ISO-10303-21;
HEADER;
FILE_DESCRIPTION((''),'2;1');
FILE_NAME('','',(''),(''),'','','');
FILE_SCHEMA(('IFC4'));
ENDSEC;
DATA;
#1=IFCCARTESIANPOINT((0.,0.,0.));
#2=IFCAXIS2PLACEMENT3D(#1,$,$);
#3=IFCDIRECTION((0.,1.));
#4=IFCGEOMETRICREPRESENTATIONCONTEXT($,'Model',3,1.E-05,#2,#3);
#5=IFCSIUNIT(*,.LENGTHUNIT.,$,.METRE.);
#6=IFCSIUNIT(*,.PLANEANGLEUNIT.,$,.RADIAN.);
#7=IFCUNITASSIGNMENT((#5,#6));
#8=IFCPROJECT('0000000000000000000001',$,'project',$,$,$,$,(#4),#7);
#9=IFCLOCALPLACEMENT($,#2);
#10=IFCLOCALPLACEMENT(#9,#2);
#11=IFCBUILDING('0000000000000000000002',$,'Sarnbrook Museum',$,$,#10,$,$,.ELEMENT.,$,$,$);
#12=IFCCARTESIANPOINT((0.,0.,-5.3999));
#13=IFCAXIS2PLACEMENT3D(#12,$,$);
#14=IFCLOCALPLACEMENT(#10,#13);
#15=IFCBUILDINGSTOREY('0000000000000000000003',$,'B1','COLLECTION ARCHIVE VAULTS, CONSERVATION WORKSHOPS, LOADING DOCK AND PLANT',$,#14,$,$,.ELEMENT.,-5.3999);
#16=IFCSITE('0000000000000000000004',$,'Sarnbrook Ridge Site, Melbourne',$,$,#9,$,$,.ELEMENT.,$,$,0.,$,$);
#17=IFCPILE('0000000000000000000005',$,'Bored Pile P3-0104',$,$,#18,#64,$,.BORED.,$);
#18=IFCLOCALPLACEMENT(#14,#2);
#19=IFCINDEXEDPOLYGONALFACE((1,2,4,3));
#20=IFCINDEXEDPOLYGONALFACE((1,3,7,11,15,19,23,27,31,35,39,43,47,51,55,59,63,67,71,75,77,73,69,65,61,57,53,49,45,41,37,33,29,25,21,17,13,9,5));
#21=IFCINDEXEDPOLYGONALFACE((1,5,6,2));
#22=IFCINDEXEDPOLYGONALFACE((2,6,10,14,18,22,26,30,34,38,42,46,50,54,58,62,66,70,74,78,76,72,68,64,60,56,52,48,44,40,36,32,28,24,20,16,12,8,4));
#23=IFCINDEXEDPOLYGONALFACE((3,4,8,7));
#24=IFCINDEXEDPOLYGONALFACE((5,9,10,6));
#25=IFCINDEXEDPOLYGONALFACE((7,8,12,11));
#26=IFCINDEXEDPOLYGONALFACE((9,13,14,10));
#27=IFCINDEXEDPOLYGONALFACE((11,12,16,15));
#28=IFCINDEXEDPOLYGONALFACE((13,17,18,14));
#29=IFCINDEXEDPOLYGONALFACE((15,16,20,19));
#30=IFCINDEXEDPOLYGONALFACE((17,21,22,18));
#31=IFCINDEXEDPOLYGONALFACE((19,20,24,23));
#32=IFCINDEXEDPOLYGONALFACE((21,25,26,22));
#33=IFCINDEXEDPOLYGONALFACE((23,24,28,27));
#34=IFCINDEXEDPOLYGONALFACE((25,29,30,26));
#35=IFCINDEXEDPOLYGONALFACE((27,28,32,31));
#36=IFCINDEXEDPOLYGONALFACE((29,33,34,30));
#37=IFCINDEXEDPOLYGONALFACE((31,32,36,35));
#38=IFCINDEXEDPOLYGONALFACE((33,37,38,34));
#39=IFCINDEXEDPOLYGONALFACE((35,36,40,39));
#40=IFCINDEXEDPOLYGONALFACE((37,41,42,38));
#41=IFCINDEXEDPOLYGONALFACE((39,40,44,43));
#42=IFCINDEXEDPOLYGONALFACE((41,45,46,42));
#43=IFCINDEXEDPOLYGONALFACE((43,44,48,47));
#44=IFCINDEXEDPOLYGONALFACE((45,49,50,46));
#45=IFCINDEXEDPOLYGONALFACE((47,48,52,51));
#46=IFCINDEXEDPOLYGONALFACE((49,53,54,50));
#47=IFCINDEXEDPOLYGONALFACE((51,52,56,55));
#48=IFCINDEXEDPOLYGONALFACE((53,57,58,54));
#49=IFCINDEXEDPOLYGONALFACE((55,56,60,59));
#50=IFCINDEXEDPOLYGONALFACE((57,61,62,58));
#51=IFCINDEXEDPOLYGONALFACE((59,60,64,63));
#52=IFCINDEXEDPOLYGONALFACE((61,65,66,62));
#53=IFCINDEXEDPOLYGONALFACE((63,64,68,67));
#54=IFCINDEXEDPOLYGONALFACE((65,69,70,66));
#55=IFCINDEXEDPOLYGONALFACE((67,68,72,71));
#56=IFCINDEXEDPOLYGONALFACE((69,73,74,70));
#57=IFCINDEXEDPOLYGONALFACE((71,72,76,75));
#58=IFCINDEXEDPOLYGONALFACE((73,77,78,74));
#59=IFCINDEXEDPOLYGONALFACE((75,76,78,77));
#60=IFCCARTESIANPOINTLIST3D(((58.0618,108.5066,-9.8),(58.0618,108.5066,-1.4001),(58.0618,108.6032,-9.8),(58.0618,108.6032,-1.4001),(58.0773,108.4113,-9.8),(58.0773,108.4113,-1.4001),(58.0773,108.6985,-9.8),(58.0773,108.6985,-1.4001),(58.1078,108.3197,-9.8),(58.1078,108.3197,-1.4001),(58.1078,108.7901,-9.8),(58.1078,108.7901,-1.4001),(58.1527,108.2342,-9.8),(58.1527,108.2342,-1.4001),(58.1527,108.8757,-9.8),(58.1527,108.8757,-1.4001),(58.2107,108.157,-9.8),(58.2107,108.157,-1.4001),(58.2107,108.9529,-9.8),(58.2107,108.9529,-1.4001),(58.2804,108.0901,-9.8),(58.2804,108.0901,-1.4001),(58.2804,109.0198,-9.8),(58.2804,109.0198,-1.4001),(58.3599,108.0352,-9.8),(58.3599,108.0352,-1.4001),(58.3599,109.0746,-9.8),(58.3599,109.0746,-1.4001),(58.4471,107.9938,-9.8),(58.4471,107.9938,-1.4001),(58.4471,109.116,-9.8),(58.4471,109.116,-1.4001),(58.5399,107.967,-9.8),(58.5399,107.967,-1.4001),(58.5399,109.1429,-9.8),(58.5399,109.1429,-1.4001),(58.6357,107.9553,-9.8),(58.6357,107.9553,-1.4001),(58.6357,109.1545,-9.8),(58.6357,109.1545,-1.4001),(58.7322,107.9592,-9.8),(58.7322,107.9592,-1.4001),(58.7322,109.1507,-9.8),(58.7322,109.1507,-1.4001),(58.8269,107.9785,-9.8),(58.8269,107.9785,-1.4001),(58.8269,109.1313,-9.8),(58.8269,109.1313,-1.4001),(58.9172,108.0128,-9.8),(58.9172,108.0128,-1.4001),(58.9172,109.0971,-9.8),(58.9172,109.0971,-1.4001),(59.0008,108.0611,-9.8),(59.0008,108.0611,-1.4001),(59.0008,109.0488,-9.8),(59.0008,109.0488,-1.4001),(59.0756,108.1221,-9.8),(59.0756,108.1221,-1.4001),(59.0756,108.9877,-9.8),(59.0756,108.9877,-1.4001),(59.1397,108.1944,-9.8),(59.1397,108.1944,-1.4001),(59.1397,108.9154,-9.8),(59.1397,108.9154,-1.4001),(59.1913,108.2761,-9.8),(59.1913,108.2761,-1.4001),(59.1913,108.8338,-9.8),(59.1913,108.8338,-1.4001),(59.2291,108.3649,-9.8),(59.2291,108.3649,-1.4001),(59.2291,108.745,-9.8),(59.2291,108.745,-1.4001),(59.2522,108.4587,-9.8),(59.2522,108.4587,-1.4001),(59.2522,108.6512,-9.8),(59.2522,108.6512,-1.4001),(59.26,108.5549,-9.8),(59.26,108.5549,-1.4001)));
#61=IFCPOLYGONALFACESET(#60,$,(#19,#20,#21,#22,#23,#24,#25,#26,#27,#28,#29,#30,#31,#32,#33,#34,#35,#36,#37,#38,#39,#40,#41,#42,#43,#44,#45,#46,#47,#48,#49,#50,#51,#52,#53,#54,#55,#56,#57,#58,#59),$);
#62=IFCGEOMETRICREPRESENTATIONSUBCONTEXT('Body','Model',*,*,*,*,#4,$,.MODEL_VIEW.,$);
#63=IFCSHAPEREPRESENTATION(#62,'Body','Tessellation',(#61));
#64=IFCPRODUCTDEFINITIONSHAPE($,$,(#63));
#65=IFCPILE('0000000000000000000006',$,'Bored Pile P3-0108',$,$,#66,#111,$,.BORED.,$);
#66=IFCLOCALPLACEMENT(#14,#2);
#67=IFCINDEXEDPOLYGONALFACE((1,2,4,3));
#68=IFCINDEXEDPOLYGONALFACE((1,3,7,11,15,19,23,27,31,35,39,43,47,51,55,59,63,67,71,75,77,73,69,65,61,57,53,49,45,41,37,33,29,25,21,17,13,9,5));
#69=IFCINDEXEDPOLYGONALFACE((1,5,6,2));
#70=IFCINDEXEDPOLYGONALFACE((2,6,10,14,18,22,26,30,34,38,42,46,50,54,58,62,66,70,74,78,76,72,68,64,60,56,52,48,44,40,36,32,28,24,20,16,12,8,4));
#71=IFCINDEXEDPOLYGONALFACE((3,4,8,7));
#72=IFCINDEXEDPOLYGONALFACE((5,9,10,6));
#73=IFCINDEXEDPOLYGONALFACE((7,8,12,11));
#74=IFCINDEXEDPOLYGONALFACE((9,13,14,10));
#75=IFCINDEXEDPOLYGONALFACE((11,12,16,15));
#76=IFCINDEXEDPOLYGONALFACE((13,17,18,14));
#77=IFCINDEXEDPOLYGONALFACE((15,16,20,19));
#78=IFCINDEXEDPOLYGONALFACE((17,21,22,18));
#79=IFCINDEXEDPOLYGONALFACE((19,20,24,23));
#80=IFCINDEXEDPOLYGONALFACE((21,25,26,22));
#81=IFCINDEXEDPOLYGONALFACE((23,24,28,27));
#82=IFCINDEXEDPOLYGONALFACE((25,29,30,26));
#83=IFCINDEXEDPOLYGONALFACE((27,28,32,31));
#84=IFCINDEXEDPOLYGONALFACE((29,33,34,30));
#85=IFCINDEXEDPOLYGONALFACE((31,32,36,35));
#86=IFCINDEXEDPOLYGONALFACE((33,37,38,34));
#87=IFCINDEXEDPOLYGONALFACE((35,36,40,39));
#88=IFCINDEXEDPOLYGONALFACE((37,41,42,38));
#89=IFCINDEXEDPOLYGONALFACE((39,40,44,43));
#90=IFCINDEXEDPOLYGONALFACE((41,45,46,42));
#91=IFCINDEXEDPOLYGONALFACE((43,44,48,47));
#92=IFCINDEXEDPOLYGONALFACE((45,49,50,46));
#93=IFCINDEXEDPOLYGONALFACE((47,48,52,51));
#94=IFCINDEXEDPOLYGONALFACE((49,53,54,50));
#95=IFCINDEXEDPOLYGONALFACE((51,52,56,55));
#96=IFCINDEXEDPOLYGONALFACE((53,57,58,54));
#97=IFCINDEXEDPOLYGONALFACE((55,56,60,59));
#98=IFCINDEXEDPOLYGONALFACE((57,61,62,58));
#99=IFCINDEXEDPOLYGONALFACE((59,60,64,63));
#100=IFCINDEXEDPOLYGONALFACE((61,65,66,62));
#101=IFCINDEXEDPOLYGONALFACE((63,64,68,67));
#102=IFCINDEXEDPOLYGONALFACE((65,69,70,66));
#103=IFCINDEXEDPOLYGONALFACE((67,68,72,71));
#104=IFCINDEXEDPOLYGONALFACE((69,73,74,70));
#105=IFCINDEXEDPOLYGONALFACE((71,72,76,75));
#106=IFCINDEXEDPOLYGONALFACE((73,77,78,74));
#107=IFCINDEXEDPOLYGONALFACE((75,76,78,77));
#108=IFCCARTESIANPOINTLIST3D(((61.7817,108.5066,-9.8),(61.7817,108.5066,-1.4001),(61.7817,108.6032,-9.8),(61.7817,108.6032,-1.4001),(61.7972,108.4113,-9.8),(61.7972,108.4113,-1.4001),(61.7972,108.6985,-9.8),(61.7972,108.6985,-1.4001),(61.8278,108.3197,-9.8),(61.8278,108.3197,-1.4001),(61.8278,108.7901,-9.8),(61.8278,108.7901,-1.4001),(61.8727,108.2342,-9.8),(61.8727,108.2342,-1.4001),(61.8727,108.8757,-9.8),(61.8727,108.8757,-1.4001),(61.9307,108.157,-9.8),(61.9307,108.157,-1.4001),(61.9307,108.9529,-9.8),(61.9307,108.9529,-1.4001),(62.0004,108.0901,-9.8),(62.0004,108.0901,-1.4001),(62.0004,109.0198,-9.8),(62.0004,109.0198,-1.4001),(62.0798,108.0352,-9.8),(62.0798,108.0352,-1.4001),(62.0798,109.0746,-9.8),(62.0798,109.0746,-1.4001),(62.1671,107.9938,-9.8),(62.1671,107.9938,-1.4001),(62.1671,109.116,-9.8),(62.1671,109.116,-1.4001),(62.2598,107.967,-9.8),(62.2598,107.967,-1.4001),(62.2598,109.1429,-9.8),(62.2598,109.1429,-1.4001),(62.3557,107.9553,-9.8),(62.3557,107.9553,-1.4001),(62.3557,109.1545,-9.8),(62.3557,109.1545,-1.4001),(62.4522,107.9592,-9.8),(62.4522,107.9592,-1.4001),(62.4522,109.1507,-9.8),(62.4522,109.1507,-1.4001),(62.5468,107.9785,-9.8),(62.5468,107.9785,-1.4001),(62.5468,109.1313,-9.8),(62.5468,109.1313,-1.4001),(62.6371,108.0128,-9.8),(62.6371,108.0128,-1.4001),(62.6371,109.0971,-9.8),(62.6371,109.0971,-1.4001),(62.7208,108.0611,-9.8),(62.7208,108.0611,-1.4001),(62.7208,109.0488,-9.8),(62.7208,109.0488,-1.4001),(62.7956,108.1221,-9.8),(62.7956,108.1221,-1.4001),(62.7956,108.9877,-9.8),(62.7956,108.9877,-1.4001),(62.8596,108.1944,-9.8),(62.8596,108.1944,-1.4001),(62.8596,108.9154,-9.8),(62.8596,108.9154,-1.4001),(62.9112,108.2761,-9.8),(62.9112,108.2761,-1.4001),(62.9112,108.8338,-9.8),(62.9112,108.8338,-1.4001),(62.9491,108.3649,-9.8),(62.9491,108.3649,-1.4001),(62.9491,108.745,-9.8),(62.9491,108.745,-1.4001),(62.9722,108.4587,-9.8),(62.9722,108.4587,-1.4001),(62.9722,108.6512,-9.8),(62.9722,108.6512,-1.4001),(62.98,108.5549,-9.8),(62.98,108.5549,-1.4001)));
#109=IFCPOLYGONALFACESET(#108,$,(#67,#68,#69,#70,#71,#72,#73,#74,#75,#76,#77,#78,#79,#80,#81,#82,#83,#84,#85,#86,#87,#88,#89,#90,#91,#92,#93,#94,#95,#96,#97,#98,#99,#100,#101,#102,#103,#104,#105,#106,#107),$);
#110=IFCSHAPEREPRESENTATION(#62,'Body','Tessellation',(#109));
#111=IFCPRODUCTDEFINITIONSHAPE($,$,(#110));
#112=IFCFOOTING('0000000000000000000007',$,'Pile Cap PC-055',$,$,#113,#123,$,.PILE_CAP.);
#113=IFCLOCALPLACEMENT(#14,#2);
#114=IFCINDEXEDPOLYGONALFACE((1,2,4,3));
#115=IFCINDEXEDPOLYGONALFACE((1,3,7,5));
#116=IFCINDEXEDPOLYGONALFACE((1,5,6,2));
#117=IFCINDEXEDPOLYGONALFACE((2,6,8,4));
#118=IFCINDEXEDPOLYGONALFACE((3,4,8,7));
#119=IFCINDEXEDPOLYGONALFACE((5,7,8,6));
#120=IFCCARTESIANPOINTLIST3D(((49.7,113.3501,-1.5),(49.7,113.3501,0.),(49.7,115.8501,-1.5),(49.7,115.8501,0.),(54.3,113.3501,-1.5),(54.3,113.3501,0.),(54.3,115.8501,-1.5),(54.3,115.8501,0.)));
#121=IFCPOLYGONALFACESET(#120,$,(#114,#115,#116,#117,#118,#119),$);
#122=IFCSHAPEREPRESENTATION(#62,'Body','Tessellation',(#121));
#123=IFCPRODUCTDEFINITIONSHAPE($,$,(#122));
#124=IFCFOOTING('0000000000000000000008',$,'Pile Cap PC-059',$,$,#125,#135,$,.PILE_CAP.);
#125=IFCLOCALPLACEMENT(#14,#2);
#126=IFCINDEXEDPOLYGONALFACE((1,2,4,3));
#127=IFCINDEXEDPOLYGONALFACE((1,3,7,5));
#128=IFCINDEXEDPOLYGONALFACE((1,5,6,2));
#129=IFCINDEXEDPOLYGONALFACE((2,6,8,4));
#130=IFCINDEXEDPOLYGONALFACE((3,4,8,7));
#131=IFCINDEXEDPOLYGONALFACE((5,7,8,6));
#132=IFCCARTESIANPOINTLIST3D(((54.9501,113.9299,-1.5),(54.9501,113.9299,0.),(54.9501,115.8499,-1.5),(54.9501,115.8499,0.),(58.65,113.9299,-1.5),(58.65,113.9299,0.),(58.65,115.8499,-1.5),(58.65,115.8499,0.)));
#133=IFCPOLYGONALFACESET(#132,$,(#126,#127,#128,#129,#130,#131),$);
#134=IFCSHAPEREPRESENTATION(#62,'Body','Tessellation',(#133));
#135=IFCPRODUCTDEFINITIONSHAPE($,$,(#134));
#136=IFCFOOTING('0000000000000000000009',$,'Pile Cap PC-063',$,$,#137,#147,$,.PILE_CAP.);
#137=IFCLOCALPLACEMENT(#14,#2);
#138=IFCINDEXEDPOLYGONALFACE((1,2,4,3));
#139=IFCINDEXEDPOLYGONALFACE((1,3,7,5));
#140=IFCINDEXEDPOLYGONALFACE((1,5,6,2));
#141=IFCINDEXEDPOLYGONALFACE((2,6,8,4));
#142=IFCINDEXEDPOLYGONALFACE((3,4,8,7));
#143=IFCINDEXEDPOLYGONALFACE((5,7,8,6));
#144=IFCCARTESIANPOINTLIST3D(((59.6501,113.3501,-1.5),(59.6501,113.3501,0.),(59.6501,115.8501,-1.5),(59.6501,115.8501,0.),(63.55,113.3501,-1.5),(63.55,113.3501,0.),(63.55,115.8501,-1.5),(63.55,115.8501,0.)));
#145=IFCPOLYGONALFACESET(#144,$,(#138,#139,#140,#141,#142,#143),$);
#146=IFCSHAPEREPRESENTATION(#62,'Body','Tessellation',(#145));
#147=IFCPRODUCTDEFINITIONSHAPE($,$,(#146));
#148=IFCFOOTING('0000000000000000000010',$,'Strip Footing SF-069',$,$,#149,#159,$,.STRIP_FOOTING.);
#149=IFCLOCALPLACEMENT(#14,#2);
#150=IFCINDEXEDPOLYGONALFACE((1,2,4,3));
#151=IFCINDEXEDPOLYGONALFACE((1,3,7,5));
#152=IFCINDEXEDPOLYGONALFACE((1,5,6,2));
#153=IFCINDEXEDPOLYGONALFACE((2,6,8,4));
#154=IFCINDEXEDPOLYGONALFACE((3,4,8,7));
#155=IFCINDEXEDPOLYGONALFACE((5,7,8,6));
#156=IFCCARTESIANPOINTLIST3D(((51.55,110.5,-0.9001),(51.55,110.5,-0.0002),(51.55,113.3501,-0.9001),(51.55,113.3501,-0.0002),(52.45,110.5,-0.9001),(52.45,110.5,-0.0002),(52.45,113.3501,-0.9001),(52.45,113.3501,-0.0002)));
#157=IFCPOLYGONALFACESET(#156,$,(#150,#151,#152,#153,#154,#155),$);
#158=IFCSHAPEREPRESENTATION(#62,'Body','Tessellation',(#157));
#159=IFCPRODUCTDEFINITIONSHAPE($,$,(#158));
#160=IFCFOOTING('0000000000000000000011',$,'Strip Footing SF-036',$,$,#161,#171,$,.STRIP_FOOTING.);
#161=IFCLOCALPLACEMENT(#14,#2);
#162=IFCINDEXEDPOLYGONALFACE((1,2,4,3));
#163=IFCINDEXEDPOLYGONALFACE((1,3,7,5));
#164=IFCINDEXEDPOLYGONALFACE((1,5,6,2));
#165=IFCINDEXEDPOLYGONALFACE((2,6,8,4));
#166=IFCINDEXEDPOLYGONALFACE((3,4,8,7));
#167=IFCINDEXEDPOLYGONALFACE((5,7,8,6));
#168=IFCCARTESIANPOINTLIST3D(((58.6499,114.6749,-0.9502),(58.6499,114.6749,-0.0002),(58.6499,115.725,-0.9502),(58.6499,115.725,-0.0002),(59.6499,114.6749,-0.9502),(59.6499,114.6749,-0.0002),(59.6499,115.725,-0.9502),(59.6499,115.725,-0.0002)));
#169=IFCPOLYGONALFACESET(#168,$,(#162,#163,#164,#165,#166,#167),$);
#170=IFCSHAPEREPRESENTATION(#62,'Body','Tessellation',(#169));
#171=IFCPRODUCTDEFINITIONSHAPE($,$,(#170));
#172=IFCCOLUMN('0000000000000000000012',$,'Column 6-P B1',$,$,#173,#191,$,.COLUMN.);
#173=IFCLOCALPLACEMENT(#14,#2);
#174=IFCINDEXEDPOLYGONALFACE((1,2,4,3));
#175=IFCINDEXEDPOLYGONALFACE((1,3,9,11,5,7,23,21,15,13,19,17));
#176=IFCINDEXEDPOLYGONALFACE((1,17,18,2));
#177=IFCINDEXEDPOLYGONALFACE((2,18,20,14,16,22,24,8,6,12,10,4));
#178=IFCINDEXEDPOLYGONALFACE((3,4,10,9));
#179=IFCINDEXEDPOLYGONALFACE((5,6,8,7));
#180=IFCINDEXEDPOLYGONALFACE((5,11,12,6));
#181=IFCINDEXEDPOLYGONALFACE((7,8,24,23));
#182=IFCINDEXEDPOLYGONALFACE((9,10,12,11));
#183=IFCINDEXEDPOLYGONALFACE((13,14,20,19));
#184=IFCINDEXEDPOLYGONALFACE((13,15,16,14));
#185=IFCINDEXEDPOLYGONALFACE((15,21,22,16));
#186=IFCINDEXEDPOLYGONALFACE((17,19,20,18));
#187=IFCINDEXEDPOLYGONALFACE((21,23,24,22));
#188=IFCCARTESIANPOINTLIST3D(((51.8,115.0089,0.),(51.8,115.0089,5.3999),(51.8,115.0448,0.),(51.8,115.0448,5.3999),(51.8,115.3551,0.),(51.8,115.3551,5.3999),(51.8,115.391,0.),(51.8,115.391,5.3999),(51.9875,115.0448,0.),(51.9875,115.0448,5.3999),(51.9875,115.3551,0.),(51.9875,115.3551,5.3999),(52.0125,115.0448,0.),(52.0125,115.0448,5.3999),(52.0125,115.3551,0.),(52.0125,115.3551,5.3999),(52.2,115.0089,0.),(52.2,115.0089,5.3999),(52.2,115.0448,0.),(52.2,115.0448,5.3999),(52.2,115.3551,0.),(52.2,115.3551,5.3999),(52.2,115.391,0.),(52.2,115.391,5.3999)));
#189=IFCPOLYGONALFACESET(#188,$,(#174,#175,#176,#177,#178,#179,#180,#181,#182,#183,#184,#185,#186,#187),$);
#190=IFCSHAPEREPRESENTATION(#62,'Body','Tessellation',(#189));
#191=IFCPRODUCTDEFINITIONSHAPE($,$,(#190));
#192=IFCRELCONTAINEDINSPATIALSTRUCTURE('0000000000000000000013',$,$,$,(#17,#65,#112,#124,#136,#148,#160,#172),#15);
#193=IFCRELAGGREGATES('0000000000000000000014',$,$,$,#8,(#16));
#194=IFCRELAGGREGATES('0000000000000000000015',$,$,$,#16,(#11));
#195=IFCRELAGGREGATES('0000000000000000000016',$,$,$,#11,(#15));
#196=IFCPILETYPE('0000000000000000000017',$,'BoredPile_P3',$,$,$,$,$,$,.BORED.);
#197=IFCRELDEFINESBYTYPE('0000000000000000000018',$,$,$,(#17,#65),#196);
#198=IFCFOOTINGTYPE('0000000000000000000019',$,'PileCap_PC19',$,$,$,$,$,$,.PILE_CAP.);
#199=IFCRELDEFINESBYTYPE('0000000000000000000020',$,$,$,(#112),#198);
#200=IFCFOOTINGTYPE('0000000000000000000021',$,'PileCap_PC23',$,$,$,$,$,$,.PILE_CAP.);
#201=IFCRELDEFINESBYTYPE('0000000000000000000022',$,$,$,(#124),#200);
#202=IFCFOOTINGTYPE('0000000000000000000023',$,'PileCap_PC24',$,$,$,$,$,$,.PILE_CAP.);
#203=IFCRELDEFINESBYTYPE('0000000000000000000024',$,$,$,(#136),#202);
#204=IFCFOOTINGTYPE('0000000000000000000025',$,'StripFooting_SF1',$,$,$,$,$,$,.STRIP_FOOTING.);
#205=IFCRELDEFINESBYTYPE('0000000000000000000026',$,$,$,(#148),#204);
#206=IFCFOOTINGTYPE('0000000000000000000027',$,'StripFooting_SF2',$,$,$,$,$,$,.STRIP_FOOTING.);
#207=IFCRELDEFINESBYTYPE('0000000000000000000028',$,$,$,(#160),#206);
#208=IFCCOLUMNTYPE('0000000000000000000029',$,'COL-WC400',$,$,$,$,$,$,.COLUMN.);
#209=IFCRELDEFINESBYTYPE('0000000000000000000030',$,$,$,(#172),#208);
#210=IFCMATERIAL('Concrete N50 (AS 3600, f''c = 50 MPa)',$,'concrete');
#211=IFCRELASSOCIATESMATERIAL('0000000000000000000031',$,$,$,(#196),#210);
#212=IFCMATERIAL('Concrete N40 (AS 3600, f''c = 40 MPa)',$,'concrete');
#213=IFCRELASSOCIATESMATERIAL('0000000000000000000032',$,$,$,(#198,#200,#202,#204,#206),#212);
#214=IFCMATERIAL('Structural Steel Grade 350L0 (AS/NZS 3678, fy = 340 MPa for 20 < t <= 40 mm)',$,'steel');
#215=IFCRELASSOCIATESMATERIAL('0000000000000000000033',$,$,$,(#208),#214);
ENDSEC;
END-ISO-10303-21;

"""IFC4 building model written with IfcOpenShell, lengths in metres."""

from ifc_helpers import new_model, si_unit, direction, frame, origin, origin_2d, place, context, subcontext, project, spatial, rectangle, circle, i_section, extrude, material, material_profile, profile_set, type_object, element, save


model = new_model("IFC4")

# Units and contexts
model_context = context("Model", 3, precision=1e-05, world=origin(), true_north=direction((0.0, 1.0)))
body_context = subcontext(model_context, "Body", "Model", "MODEL_VIEW")
ifc_project = project(units=[si_unit("LENGTHUNIT", "METRE"), si_unit("PLANEANGLEUNIT", "RADIAN")], contexts=[model_context])

# Site, building, storey
site_placement = place(None, origin())
site = spatial("IfcSite", under=ifc_project, at=site_placement, Name="Sarnbrook Ridge Site, Melbourne", CompositionType="ELEMENT", RefElevation=0.0)
building_placement = place(site_placement, origin())
building = spatial("IfcBuilding", under=site, at=building_placement, Name="Sarnbrook Museum", CompositionType="ELEMENT")
storey_placement = place(building_placement, frame((0.0, 0.0, -5.3999)))
storey = spatial("IfcBuildingStorey", under=building, at=storey_placement, Name="B1", Description="COLLECTION ARCHIVE VAULTS, CONSERVATION WORKSHOPS, LOADING DOCK AND PLANT", CompositionType="ELEMENT", Elevation=-5.3999)

# Piles
ifc_material_1 = material(Name="Concrete N50 (AS 3600, f'c = 50 MPa)", Category="concrete")
ifc_material_profile_1 = material_profile(ifc_material_1, circle(Radius=0.6001, at=origin_2d()), Name="BORED PILE D1200")
ifc_profile_set_1 = profile_set([ifc_material_profile_1], Name="Concrete N50 (AS 3600, f'c = 50 MPa)")
pile_type_1 = type_object("IfcPileType", Name="BoredPile_P3", PredefinedType="BORED", material=ifc_profile_set_1)
for number, where, z_axis, x_axis, name in (
    (1, (58.6599, 108.5549, -1.4001), (0.0, 0.0, -1.0), (1.0, 0.0, 0.0), "Bored Pile P3-0104"),
    (2, (62.3799, 108.5549, -1.4001), (0.0, 0.0, -1.0), (1.0, 0.0, 0.0), "Bored Pile P3-0108"),
):
    element("IfcPile", number, at=place(storey_placement, frame(where, z_axis=z_axis, x_axis=x_axis)), inside=storey, type_object=pile_type_1, Name=name, PredefinedType="BORED", context=body_context, shape_type="SweptSolid", body=[
        extrude(circle(Radius=0.6001, at=origin_2d()), origin(), (0.0, 0.0, 1.0), 8.3999),
    ])

# Footings
ifc_material_2 = material(Name="Concrete N40 (AS 3600, f'c = 40 MPa)", Category="concrete")
footing_type_1 = type_object("IfcFootingType", Name="PileCap_PC19", PredefinedType="PILE_CAP", material=ifc_material_2)
footing_1_placement = place(storey_placement, frame((52.0, 114.6001, -1.5), z_axis=(0.0, 0.0, 1.0), x_axis=(1.0, 0.0, 0.0)))
element("IfcFooting", 3, at=footing_1_placement, inside=storey, type_object=footing_type_1, Name="Pile Cap PC-055", PredefinedType="PILE_CAP", context=body_context, shape_type="SweptSolid", body=[
    extrude(rectangle(XDim=4.6001, YDim=2.5, at=origin_2d()), origin(), (0.0, 0.0, 1.0), 1.5),
])
footing_type_2 = type_object("IfcFootingType", Name="PileCap_PC23", PredefinedType="PILE_CAP", material=ifc_material_2)
footing_2_placement = place(storey_placement, frame((56.8, 114.8899, -1.5), z_axis=(0.0, 0.0, 1.0), x_axis=(1.0, 0.0, 0.0)))
element("IfcFooting", 4, at=footing_2_placement, inside=storey, type_object=footing_type_2, Name="Pile Cap PC-059", PredefinedType="PILE_CAP", context=body_context, shape_type="SweptSolid", body=[
    extrude(rectangle(XDim=3.7, YDim=1.9199, at=origin_2d()), origin(), (0.0, 0.0, 1.0), 1.5),
])
footing_type_3 = type_object("IfcFootingType", Name="PileCap_PC24", PredefinedType="PILE_CAP", material=ifc_material_2)
footing_3_placement = place(storey_placement, frame((61.6001, 114.6001, -1.5), z_axis=(0.0, 0.0, 1.0), x_axis=(1.0, 0.0, 0.0)))
element("IfcFooting", 5, at=footing_3_placement, inside=storey, type_object=footing_type_3, Name="Pile Cap PC-063", PredefinedType="PILE_CAP", context=body_context, shape_type="SweptSolid", body=[
    extrude(rectangle(XDim=3.8999, YDim=2.5, at=origin_2d()), origin(), (0.0, 0.0, 1.0), 1.5),
])
footing_type_4 = type_object("IfcFootingType", Name="StripFooting_SF1", PredefinedType="STRIP_FOOTING", material=ifc_material_2)
footing_4_placement = place(storey_placement, frame((52.0, 111.925, -0.9001), z_axis=(0.0, 0.0, 1.0), x_axis=(1.0, 0.0, 0.0)))
element("IfcFooting", 6, at=footing_4_placement, inside=storey, type_object=footing_type_4, Name="Strip Footing SF-069", PredefinedType="STRIP_FOOTING", context=body_context, shape_type="SweptSolid", body=[
    extrude(rectangle(XDim=0.8999, YDim=2.8501, at=origin_2d()), origin(), (0.0, 0.0, 1.0), 0.8999),
])
footing_type_5 = type_object("IfcFootingType", Name="StripFooting_SF2", PredefinedType="STRIP_FOOTING", material=ifc_material_2)
footing_5_placement = place(storey_placement, frame((59.1499, 115.2, -0.9502), z_axis=(0.0, 0.0, 1.0), x_axis=(1.0, 0.0, 0.0)))
element("IfcFooting", 7, at=footing_5_placement, inside=storey, type_object=footing_type_5, Name="Strip Footing SF-036", PredefinedType="STRIP_FOOTING", context=body_context, shape_type="SweptSolid", body=[
    extrude(rectangle(XDim=1.0, YDim=1.05, at=origin_2d()), origin(), (0.0, 0.0, 1.0), 0.95),
])

# Column
ifc_material_3 = material(Name="Structural Steel Grade 350L0 (AS/NZS 3678, fy = 340 MPa for 20 < t <= 40 mm)", Category="steel")
ifc_material_profile_2 = material_profile(ifc_material_3, i_section(OverallWidth=0.3999, OverallDepth=0.3821, WebThickness=0.0249, FlangeThickness=0.0359, at=origin_2d()), Name="400WC270")
ifc_profile_set_2 = profile_set([ifc_material_profile_2], Name="Structural Steel Grade 350L0 (AS/NZS 3678, fy = 340 MPa for 20 < t <= 40 mm)")
column_type_1 = type_object("IfcColumnType", Name="COL-WC400", PredefinedType="COLUMN", material=ifc_profile_set_2)
for number, where, z_axis, x_axis, name in (
    (8, (52.0, 115.2, 0.0), (0.0, 0.0, 1.0), (1.0, 0.0, 0.0), "Column 6-P B1"),
):
    element("IfcColumn", number, at=place(storey_placement, frame(where, z_axis=z_axis, x_axis=x_axis)), inside=storey, type_object=column_type_1, Name=name, PredefinedType="COLUMN", context=body_context, shape_type="SweptSolid", body=[
        extrude(i_section(OverallWidth=0.3999, OverallDepth=0.3821, WebThickness=0.0249, FlangeThickness=0.0359, at=origin_2d()), origin(), (0.0, 0.0, 1.0), 5.3999),
    ])

save(model, "model.ifc")
